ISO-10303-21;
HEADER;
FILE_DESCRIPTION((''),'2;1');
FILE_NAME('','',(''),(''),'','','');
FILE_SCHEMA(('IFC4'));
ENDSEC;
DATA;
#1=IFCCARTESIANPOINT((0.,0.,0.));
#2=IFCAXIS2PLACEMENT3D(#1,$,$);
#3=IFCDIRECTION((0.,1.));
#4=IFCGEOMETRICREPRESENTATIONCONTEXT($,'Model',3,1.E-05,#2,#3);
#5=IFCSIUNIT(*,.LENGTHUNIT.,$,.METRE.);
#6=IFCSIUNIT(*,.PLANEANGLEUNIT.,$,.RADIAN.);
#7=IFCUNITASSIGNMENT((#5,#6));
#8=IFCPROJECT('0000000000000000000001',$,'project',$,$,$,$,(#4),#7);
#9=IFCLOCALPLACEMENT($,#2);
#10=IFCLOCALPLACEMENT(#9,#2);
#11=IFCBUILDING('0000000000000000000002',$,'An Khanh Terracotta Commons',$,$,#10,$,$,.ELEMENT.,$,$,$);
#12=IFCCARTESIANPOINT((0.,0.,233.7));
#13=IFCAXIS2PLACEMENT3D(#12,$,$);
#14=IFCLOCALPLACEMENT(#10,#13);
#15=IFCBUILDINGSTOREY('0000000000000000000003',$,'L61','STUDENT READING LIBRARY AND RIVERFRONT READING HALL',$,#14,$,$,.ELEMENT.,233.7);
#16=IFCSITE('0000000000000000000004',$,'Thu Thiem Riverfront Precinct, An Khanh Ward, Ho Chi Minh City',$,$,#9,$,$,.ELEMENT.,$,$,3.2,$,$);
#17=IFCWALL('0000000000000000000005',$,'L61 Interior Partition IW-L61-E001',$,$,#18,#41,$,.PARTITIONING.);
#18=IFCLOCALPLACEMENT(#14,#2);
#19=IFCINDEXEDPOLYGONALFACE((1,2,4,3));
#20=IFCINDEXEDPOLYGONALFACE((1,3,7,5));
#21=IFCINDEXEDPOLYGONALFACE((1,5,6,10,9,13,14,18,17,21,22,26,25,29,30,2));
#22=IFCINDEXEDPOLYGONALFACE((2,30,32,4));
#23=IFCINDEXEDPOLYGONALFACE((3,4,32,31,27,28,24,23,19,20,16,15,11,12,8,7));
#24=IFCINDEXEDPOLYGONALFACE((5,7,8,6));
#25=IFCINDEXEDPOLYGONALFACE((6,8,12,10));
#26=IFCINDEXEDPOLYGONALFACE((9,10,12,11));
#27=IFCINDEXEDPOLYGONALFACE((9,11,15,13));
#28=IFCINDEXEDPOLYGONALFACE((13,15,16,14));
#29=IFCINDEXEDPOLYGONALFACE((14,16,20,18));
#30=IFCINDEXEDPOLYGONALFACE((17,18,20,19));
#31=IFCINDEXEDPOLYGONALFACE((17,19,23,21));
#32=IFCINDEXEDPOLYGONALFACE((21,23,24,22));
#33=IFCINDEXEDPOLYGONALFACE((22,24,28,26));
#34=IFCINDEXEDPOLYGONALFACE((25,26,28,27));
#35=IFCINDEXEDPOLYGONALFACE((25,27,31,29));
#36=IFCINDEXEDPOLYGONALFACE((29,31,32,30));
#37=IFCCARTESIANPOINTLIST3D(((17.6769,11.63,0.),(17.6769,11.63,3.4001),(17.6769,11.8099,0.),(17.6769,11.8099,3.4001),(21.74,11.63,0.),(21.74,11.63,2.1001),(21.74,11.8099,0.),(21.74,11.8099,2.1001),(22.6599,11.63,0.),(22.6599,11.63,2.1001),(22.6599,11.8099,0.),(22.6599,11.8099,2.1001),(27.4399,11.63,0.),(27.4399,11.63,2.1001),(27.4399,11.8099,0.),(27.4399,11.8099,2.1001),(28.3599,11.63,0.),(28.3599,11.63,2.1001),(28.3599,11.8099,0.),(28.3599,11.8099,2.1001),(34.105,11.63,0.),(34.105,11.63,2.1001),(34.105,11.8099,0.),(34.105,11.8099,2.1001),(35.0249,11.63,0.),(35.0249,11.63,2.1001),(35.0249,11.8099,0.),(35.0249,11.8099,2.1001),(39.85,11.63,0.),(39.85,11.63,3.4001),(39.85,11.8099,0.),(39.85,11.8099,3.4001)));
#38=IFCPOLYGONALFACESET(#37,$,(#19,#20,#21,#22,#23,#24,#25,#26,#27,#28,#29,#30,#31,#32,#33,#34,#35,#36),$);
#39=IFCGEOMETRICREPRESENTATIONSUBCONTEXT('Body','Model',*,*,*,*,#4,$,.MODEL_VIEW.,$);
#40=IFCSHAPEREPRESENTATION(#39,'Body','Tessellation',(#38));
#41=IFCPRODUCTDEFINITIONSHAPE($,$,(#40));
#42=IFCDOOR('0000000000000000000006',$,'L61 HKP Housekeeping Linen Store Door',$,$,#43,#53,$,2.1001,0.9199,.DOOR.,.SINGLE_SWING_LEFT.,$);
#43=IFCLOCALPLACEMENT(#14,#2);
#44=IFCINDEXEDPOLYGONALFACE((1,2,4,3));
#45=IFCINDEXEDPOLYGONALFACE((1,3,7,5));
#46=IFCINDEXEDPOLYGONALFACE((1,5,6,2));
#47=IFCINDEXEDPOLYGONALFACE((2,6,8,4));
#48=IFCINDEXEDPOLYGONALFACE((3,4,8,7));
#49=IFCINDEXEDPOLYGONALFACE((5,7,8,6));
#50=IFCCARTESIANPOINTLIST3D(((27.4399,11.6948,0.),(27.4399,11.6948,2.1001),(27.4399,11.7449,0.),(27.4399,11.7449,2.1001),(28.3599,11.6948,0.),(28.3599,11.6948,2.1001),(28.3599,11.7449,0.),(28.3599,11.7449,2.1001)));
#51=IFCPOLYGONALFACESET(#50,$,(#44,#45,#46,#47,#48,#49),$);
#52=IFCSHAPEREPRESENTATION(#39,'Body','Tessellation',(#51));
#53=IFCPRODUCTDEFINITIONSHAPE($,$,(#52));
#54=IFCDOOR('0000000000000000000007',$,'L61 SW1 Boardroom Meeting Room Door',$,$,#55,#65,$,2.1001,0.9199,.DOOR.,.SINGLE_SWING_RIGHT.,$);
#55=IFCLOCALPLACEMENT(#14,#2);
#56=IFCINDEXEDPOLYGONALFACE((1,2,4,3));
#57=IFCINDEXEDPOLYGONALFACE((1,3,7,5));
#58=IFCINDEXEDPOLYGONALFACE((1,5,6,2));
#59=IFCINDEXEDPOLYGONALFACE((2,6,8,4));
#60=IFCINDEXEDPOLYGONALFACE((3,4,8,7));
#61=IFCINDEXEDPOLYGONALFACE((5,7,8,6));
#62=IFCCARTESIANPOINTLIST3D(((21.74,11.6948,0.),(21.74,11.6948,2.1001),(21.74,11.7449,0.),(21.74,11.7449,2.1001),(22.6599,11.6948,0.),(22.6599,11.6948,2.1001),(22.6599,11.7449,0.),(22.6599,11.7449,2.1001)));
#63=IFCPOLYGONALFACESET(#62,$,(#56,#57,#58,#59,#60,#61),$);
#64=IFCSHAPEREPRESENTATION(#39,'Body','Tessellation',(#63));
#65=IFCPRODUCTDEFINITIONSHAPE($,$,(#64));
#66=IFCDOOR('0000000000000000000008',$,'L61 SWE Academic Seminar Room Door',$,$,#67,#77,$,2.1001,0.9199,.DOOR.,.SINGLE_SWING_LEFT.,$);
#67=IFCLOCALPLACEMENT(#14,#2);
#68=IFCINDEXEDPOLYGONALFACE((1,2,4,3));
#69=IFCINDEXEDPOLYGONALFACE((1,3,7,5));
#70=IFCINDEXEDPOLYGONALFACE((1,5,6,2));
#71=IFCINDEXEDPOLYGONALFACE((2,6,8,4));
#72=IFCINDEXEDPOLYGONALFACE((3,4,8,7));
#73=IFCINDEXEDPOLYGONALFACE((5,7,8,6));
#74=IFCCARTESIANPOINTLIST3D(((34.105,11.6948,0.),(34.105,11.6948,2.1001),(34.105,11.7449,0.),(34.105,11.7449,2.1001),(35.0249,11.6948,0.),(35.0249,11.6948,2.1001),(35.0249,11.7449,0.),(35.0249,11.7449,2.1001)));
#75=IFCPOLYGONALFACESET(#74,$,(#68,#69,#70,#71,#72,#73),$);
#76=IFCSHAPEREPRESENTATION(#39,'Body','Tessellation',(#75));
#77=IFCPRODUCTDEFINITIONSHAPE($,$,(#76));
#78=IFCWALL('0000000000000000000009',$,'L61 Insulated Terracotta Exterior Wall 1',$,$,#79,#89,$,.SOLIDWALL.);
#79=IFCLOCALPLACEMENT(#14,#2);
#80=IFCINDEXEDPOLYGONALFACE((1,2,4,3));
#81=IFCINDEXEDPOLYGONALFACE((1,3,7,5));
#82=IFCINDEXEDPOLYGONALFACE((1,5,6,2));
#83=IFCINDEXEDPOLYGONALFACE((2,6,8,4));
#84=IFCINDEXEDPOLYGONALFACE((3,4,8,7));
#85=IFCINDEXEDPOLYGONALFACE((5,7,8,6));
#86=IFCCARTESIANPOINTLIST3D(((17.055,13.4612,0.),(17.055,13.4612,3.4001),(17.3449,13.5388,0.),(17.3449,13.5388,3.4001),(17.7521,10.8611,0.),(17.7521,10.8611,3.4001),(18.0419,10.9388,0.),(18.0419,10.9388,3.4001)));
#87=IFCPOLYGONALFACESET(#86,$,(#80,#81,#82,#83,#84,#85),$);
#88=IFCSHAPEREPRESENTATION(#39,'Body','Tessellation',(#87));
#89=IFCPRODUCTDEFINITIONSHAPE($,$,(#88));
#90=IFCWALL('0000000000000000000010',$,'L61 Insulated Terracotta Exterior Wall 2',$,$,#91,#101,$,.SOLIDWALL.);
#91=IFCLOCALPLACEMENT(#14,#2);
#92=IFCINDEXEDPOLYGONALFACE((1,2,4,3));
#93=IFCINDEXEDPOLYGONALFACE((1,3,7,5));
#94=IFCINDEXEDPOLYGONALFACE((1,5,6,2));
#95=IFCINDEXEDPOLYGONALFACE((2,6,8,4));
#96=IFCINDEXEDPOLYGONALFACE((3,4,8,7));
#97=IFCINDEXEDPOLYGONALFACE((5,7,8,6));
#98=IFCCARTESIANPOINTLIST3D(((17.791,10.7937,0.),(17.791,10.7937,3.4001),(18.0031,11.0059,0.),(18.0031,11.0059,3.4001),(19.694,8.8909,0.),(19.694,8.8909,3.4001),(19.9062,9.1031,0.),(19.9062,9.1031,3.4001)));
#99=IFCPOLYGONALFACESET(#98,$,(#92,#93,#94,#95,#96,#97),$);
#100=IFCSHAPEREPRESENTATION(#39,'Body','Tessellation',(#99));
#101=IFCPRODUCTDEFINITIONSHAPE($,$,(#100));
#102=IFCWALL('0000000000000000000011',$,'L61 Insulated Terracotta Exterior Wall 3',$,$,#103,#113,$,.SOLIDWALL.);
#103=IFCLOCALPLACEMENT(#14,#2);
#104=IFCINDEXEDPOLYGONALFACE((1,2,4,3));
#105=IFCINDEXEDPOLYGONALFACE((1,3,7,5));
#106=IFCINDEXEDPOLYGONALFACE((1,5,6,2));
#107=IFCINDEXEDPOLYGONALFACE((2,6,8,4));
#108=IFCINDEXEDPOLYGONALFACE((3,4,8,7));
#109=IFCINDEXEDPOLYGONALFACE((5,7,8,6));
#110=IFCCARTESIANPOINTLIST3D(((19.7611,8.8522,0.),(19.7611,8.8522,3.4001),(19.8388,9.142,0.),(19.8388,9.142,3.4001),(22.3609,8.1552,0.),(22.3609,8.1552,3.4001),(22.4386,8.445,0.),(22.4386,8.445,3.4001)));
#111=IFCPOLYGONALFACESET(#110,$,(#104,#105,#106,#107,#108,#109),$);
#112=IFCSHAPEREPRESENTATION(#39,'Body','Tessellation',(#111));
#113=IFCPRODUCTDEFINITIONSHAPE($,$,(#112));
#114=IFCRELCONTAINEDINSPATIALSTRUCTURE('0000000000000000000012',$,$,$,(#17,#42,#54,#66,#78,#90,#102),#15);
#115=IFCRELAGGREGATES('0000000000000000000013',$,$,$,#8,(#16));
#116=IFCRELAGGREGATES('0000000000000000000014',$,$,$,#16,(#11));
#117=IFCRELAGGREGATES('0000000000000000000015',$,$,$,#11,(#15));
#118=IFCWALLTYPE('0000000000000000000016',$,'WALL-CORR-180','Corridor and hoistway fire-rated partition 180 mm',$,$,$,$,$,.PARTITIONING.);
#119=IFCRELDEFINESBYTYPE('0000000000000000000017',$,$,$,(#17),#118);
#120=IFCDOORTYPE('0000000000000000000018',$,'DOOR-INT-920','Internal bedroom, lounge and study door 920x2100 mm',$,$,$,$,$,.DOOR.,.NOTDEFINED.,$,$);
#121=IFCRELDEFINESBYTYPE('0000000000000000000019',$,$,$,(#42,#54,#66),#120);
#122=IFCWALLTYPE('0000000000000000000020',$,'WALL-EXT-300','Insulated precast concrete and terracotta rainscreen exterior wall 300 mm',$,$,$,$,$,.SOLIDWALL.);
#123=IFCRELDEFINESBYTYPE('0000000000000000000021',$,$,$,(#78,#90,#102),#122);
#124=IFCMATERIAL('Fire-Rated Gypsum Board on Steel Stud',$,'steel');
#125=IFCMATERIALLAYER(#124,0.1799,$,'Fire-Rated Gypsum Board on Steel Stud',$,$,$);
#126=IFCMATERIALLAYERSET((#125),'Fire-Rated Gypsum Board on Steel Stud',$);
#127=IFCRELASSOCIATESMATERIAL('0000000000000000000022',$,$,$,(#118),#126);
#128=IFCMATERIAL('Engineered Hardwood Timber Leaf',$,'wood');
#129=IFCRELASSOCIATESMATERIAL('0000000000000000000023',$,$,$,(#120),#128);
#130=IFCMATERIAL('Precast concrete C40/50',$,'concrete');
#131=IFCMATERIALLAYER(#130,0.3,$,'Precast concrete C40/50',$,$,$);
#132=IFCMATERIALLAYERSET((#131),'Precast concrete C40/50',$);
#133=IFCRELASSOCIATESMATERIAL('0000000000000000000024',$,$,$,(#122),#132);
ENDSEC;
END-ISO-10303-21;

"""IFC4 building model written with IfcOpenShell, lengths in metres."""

from ifc_helpers import new_model, si_unit, direction, frame, frame_2d, origin, place, context, subcontext, project, spatial, rectangle, extrude, material, layer, layer_set, type_object, element, fill, save


model = new_model("IFC4")

# Units and contexts
model_context = context("Model", 3, precision=1e-05, world=origin(), true_north=direction((0.0, 1.0)))
body_context = subcontext(model_context, "Body", "Model", "MODEL_VIEW")
ifc_project = project(units=[si_unit("LENGTHUNIT", "METRE"), si_unit("PLANEANGLEUNIT", "RADIAN")], contexts=[model_context])

# Site, building, storey
site_placement = place(None, origin())
site = spatial("IfcSite", under=ifc_project, at=site_placement, Name="Thu Thiem Riverfront Precinct, An Khanh Ward, Ho Chi Minh City", CompositionType="ELEMENT", RefElevation=3.2)
building_placement = place(site_placement, origin())
building = spatial("IfcBuilding", under=site, at=building_placement, Name="An Khanh Terracotta Commons", CompositionType="ELEMENT")
storey_placement = place(building_placement, frame((0.0, 0.0, 233.7)))
storey = spatial("IfcBuildingStorey", under=building, at=storey_placement, Name="L61", Description="STUDENT READING LIBRARY AND RIVERFRONT READING HALL", CompositionType="ELEMENT", Elevation=233.7)

# Shared definitions
ifc_material_1 = material(Name="Fire-Rated Gypsum Board on Steel Stud", Category="steel")
ifc_layer_1 = layer(ifc_material_1, 0.1799, Name="Fire-Rated Gypsum Board on Steel Stud")
ifc_layer_set_1 = layer_set([ifc_layer_1], Name="Fire-Rated Gypsum Board on Steel Stud")
wall_type_1 = type_object("IfcWallType", Name="WALL-CORR-180", Description="Corridor and hoistway fire-rated partition 180 mm", PredefinedType="PARTITIONING", material=ifc_layer_set_1)

# Wall, openings, doors
wall_1_placement = place(storey_placement, frame((17.677, 11.72, 0.0), z_axis=(0.0, 0.0, 1.0), x_axis=(1.0, 0.0, 0.0)))
wall_1 = element("IfcWall", 1, at=wall_1_placement, inside=storey, type_object=wall_type_1, Name="L61 Interior Partition IW-L61-E001", PredefinedType="PARTITIONING", context=body_context, shape_type="SweptSolid", body=[
    extrude(rectangle(XDim=22.1731, YDim=0.1799, at=frame_2d((11.0864, 0.0))), origin(), (0.0, 0.0, 1.0), 3.4001),
])
opening_1_placement = place(wall_1_placement, frame((9.7629, 0.0, 0.0)))
opening_1 = element("IfcOpeningElement", 2, at=opening_1_placement, cuts=wall_1, PredefinedType="OPENING", context=body_context, shape_type="SweptSolid", body=[
    extrude(rectangle(XDim=0.9199, YDim=2.1001, at=frame_2d((0.46, 1.05))), frame((0.0, 0.0999, 0.0), z_axis=(0.0, -1.0, 0.0), x_axis=(1.0, 0.0, 0.0)), (0.0, 0.0, 1.0), 0.2),
])
opening_2_placement = place(wall_1_placement, frame((4.063, 0.0, 0.0)))
opening_2 = element("IfcOpeningElement", 3, at=opening_2_placement, cuts=wall_1, PredefinedType="OPENING", context=body_context, shape_type="SweptSolid", body=[
    extrude(rectangle(XDim=0.9199, YDim=2.1001, at=frame_2d((0.46, 1.05))), frame((0.0, 0.0999, 0.0), z_axis=(0.0, -1.0, 0.0), x_axis=(1.0, 0.0, 0.0)), (0.0, 0.0, 1.0), 0.2),
])
opening_3_placement = place(wall_1_placement, frame((16.428, 0.0, 0.0)))
opening_3 = element("IfcOpeningElement", 4, at=opening_3_placement, cuts=wall_1, PredefinedType="OPENING", context=body_context, shape_type="SweptSolid", body=[
    extrude(rectangle(XDim=0.9199, YDim=2.1001, at=frame_2d((0.46, 1.05))), frame((0.0, 0.0999, 0.0), z_axis=(0.0, -1.0, 0.0), x_axis=(1.0, 0.0, 0.0)), (0.0, 0.0, 1.0), 0.2),
])
ifc_material_2 = material(Name="Engineered Hardwood Timber Leaf", Category="wood")
door_type_1 = type_object("IfcDoorType", Name="DOOR-INT-920", Description="Internal bedroom, lounge and study door 920x2100 mm", OperationType="NOTDEFINED", PredefinedType="DOOR", material=ifc_material_2)
door_1_placement = place(opening_1_placement, origin())
door_1 = element("IfcDoor", 5, at=door_1_placement, inside=storey, type_object=door_type_1, Name="L61 HKP Housekeeping Linen Store Door", OperationType="SINGLE_SWING_LEFT", OverallHeight=2.1001, OverallWidth=0.9199, PredefinedType="DOOR", context=body_context, shape_type="SweptSolid", body=[
    extrude(rectangle(XDim=0.9199, YDim=2.1001, at=frame_2d((0.46, 1.05))), frame((0.0, 0.0249, 0.0), z_axis=(0.0, -1.0, 0.0), x_axis=(1.0, 0.0, 0.0)), (0.0, 0.0, 1.0), 0.05),
])
fill(opening_1, door_1)
door_2_placement = place(opening_2_placement, origin())
door_2 = element("IfcDoor", 6, at=door_2_placement, inside=storey, type_object=door_type_1, Name="L61 SW1 Boardroom Meeting Room Door", OperationType="SINGLE_SWING_RIGHT", OverallHeight=2.1001, OverallWidth=0.9199, PredefinedType="DOOR", context=body_context, shape_type="SweptSolid", body=[
    extrude(rectangle(XDim=0.9199, YDim=2.1001, at=frame_2d((0.46, 1.05))), frame((0.0, 0.0249, 0.0), z_axis=(0.0, -1.0, 0.0), x_axis=(1.0, 0.0, 0.0)), (0.0, 0.0, 1.0), 0.05),
])
fill(opening_2, door_2)
door_3_placement = place(opening_3_placement, origin())
door_3 = element("IfcDoor", 7, at=door_3_placement, inside=storey, type_object=door_type_1, Name="L61 SWE Academic Seminar Room Door", OperationType="SINGLE_SWING_LEFT", OverallHeight=2.1001, OverallWidth=0.9199, PredefinedType="DOOR", context=body_context, shape_type="SweptSolid", body=[
    extrude(rectangle(XDim=0.9199, YDim=2.1001, at=frame_2d((0.46, 1.05))), frame((0.0, 0.0249, 0.0), z_axis=(0.0, -1.0, 0.0), x_axis=(1.0, 0.0, 0.0)), (0.0, 0.0, 1.0), 0.05),
])
fill(opening_3, door_3)

# Walls
ifc_material_3 = material(Name="Precast concrete C40/50", Category="concrete")
ifc_layer_2 = layer(ifc_material_3, 0.3, Name="Precast concrete C40/50")
ifc_layer_set_2 = layer_set([ifc_layer_2], Name="Precast concrete C40/50")
wall_type_2 = type_object("IfcWallType", Name="WALL-EXT-300", Description="Insulated precast concrete and terracotta rainscreen exterior wall 300 mm", PredefinedType="SOLIDWALL", material=ifc_layer_set_2)
wall_2_placement = place(storey_placement, frame((17.2, 13.5, 0.0), z_axis=(0.0, 0.0, 1.0), x_axis=(0.258933, -0.965895, 0.0)))
element("IfcWall", 8, at=wall_2_placement, inside=storey, type_object=wall_type_2, Name="L61 Insulated Terracotta Exterior Wall 1", PredefinedType="SOLIDWALL", context=body_context, shape_type="SweptSolid", body=[
    extrude(rectangle(XDim=2.6919, YDim=0.3, at=frame_2d((1.3459, 0.0))), origin(), (0.0, 0.0, 1.0), 3.4001),
])
wall_3_placement = place(storey_placement, frame((17.897, 10.8999, 0.0), z_axis=(0.0, 0.0, 1.0), x_axis=(0.707152, -0.707061, 0.0)))
element("IfcWall", 9, at=wall_3_placement, inside=storey, type_object=wall_type_2, Name="L61 Insulated Terracotta Exterior Wall 2", PredefinedType="SOLIDWALL", context=body_context, shape_type="SweptSolid", body=[
    extrude(rectangle(XDim=2.6912, YDim=0.3, at=frame_2d((1.3457, 0.0))), origin(), (0.0, 0.0, 1.0), 3.4001),
])
wall_4_placement = place(storey_placement, frame((19.8, 8.9971, 0.0), z_axis=(0.0, 0.0, 1.0), x_axis=(0.965889, -0.258955, 0.0)))
element("IfcWall", 10, at=wall_4_placement, inside=storey, type_object=wall_type_2, Name="L61 Insulated Terracotta Exterior Wall 3", PredefinedType="SOLIDWALL", context=body_context, shape_type="SweptSolid", body=[
    extrude(rectangle(XDim=2.6917, YDim=0.3, at=frame_2d((1.3457, 0.0))), origin(), (0.0, 0.0, 1.0), 3.4001),
])

save(model, "model.ifc")
